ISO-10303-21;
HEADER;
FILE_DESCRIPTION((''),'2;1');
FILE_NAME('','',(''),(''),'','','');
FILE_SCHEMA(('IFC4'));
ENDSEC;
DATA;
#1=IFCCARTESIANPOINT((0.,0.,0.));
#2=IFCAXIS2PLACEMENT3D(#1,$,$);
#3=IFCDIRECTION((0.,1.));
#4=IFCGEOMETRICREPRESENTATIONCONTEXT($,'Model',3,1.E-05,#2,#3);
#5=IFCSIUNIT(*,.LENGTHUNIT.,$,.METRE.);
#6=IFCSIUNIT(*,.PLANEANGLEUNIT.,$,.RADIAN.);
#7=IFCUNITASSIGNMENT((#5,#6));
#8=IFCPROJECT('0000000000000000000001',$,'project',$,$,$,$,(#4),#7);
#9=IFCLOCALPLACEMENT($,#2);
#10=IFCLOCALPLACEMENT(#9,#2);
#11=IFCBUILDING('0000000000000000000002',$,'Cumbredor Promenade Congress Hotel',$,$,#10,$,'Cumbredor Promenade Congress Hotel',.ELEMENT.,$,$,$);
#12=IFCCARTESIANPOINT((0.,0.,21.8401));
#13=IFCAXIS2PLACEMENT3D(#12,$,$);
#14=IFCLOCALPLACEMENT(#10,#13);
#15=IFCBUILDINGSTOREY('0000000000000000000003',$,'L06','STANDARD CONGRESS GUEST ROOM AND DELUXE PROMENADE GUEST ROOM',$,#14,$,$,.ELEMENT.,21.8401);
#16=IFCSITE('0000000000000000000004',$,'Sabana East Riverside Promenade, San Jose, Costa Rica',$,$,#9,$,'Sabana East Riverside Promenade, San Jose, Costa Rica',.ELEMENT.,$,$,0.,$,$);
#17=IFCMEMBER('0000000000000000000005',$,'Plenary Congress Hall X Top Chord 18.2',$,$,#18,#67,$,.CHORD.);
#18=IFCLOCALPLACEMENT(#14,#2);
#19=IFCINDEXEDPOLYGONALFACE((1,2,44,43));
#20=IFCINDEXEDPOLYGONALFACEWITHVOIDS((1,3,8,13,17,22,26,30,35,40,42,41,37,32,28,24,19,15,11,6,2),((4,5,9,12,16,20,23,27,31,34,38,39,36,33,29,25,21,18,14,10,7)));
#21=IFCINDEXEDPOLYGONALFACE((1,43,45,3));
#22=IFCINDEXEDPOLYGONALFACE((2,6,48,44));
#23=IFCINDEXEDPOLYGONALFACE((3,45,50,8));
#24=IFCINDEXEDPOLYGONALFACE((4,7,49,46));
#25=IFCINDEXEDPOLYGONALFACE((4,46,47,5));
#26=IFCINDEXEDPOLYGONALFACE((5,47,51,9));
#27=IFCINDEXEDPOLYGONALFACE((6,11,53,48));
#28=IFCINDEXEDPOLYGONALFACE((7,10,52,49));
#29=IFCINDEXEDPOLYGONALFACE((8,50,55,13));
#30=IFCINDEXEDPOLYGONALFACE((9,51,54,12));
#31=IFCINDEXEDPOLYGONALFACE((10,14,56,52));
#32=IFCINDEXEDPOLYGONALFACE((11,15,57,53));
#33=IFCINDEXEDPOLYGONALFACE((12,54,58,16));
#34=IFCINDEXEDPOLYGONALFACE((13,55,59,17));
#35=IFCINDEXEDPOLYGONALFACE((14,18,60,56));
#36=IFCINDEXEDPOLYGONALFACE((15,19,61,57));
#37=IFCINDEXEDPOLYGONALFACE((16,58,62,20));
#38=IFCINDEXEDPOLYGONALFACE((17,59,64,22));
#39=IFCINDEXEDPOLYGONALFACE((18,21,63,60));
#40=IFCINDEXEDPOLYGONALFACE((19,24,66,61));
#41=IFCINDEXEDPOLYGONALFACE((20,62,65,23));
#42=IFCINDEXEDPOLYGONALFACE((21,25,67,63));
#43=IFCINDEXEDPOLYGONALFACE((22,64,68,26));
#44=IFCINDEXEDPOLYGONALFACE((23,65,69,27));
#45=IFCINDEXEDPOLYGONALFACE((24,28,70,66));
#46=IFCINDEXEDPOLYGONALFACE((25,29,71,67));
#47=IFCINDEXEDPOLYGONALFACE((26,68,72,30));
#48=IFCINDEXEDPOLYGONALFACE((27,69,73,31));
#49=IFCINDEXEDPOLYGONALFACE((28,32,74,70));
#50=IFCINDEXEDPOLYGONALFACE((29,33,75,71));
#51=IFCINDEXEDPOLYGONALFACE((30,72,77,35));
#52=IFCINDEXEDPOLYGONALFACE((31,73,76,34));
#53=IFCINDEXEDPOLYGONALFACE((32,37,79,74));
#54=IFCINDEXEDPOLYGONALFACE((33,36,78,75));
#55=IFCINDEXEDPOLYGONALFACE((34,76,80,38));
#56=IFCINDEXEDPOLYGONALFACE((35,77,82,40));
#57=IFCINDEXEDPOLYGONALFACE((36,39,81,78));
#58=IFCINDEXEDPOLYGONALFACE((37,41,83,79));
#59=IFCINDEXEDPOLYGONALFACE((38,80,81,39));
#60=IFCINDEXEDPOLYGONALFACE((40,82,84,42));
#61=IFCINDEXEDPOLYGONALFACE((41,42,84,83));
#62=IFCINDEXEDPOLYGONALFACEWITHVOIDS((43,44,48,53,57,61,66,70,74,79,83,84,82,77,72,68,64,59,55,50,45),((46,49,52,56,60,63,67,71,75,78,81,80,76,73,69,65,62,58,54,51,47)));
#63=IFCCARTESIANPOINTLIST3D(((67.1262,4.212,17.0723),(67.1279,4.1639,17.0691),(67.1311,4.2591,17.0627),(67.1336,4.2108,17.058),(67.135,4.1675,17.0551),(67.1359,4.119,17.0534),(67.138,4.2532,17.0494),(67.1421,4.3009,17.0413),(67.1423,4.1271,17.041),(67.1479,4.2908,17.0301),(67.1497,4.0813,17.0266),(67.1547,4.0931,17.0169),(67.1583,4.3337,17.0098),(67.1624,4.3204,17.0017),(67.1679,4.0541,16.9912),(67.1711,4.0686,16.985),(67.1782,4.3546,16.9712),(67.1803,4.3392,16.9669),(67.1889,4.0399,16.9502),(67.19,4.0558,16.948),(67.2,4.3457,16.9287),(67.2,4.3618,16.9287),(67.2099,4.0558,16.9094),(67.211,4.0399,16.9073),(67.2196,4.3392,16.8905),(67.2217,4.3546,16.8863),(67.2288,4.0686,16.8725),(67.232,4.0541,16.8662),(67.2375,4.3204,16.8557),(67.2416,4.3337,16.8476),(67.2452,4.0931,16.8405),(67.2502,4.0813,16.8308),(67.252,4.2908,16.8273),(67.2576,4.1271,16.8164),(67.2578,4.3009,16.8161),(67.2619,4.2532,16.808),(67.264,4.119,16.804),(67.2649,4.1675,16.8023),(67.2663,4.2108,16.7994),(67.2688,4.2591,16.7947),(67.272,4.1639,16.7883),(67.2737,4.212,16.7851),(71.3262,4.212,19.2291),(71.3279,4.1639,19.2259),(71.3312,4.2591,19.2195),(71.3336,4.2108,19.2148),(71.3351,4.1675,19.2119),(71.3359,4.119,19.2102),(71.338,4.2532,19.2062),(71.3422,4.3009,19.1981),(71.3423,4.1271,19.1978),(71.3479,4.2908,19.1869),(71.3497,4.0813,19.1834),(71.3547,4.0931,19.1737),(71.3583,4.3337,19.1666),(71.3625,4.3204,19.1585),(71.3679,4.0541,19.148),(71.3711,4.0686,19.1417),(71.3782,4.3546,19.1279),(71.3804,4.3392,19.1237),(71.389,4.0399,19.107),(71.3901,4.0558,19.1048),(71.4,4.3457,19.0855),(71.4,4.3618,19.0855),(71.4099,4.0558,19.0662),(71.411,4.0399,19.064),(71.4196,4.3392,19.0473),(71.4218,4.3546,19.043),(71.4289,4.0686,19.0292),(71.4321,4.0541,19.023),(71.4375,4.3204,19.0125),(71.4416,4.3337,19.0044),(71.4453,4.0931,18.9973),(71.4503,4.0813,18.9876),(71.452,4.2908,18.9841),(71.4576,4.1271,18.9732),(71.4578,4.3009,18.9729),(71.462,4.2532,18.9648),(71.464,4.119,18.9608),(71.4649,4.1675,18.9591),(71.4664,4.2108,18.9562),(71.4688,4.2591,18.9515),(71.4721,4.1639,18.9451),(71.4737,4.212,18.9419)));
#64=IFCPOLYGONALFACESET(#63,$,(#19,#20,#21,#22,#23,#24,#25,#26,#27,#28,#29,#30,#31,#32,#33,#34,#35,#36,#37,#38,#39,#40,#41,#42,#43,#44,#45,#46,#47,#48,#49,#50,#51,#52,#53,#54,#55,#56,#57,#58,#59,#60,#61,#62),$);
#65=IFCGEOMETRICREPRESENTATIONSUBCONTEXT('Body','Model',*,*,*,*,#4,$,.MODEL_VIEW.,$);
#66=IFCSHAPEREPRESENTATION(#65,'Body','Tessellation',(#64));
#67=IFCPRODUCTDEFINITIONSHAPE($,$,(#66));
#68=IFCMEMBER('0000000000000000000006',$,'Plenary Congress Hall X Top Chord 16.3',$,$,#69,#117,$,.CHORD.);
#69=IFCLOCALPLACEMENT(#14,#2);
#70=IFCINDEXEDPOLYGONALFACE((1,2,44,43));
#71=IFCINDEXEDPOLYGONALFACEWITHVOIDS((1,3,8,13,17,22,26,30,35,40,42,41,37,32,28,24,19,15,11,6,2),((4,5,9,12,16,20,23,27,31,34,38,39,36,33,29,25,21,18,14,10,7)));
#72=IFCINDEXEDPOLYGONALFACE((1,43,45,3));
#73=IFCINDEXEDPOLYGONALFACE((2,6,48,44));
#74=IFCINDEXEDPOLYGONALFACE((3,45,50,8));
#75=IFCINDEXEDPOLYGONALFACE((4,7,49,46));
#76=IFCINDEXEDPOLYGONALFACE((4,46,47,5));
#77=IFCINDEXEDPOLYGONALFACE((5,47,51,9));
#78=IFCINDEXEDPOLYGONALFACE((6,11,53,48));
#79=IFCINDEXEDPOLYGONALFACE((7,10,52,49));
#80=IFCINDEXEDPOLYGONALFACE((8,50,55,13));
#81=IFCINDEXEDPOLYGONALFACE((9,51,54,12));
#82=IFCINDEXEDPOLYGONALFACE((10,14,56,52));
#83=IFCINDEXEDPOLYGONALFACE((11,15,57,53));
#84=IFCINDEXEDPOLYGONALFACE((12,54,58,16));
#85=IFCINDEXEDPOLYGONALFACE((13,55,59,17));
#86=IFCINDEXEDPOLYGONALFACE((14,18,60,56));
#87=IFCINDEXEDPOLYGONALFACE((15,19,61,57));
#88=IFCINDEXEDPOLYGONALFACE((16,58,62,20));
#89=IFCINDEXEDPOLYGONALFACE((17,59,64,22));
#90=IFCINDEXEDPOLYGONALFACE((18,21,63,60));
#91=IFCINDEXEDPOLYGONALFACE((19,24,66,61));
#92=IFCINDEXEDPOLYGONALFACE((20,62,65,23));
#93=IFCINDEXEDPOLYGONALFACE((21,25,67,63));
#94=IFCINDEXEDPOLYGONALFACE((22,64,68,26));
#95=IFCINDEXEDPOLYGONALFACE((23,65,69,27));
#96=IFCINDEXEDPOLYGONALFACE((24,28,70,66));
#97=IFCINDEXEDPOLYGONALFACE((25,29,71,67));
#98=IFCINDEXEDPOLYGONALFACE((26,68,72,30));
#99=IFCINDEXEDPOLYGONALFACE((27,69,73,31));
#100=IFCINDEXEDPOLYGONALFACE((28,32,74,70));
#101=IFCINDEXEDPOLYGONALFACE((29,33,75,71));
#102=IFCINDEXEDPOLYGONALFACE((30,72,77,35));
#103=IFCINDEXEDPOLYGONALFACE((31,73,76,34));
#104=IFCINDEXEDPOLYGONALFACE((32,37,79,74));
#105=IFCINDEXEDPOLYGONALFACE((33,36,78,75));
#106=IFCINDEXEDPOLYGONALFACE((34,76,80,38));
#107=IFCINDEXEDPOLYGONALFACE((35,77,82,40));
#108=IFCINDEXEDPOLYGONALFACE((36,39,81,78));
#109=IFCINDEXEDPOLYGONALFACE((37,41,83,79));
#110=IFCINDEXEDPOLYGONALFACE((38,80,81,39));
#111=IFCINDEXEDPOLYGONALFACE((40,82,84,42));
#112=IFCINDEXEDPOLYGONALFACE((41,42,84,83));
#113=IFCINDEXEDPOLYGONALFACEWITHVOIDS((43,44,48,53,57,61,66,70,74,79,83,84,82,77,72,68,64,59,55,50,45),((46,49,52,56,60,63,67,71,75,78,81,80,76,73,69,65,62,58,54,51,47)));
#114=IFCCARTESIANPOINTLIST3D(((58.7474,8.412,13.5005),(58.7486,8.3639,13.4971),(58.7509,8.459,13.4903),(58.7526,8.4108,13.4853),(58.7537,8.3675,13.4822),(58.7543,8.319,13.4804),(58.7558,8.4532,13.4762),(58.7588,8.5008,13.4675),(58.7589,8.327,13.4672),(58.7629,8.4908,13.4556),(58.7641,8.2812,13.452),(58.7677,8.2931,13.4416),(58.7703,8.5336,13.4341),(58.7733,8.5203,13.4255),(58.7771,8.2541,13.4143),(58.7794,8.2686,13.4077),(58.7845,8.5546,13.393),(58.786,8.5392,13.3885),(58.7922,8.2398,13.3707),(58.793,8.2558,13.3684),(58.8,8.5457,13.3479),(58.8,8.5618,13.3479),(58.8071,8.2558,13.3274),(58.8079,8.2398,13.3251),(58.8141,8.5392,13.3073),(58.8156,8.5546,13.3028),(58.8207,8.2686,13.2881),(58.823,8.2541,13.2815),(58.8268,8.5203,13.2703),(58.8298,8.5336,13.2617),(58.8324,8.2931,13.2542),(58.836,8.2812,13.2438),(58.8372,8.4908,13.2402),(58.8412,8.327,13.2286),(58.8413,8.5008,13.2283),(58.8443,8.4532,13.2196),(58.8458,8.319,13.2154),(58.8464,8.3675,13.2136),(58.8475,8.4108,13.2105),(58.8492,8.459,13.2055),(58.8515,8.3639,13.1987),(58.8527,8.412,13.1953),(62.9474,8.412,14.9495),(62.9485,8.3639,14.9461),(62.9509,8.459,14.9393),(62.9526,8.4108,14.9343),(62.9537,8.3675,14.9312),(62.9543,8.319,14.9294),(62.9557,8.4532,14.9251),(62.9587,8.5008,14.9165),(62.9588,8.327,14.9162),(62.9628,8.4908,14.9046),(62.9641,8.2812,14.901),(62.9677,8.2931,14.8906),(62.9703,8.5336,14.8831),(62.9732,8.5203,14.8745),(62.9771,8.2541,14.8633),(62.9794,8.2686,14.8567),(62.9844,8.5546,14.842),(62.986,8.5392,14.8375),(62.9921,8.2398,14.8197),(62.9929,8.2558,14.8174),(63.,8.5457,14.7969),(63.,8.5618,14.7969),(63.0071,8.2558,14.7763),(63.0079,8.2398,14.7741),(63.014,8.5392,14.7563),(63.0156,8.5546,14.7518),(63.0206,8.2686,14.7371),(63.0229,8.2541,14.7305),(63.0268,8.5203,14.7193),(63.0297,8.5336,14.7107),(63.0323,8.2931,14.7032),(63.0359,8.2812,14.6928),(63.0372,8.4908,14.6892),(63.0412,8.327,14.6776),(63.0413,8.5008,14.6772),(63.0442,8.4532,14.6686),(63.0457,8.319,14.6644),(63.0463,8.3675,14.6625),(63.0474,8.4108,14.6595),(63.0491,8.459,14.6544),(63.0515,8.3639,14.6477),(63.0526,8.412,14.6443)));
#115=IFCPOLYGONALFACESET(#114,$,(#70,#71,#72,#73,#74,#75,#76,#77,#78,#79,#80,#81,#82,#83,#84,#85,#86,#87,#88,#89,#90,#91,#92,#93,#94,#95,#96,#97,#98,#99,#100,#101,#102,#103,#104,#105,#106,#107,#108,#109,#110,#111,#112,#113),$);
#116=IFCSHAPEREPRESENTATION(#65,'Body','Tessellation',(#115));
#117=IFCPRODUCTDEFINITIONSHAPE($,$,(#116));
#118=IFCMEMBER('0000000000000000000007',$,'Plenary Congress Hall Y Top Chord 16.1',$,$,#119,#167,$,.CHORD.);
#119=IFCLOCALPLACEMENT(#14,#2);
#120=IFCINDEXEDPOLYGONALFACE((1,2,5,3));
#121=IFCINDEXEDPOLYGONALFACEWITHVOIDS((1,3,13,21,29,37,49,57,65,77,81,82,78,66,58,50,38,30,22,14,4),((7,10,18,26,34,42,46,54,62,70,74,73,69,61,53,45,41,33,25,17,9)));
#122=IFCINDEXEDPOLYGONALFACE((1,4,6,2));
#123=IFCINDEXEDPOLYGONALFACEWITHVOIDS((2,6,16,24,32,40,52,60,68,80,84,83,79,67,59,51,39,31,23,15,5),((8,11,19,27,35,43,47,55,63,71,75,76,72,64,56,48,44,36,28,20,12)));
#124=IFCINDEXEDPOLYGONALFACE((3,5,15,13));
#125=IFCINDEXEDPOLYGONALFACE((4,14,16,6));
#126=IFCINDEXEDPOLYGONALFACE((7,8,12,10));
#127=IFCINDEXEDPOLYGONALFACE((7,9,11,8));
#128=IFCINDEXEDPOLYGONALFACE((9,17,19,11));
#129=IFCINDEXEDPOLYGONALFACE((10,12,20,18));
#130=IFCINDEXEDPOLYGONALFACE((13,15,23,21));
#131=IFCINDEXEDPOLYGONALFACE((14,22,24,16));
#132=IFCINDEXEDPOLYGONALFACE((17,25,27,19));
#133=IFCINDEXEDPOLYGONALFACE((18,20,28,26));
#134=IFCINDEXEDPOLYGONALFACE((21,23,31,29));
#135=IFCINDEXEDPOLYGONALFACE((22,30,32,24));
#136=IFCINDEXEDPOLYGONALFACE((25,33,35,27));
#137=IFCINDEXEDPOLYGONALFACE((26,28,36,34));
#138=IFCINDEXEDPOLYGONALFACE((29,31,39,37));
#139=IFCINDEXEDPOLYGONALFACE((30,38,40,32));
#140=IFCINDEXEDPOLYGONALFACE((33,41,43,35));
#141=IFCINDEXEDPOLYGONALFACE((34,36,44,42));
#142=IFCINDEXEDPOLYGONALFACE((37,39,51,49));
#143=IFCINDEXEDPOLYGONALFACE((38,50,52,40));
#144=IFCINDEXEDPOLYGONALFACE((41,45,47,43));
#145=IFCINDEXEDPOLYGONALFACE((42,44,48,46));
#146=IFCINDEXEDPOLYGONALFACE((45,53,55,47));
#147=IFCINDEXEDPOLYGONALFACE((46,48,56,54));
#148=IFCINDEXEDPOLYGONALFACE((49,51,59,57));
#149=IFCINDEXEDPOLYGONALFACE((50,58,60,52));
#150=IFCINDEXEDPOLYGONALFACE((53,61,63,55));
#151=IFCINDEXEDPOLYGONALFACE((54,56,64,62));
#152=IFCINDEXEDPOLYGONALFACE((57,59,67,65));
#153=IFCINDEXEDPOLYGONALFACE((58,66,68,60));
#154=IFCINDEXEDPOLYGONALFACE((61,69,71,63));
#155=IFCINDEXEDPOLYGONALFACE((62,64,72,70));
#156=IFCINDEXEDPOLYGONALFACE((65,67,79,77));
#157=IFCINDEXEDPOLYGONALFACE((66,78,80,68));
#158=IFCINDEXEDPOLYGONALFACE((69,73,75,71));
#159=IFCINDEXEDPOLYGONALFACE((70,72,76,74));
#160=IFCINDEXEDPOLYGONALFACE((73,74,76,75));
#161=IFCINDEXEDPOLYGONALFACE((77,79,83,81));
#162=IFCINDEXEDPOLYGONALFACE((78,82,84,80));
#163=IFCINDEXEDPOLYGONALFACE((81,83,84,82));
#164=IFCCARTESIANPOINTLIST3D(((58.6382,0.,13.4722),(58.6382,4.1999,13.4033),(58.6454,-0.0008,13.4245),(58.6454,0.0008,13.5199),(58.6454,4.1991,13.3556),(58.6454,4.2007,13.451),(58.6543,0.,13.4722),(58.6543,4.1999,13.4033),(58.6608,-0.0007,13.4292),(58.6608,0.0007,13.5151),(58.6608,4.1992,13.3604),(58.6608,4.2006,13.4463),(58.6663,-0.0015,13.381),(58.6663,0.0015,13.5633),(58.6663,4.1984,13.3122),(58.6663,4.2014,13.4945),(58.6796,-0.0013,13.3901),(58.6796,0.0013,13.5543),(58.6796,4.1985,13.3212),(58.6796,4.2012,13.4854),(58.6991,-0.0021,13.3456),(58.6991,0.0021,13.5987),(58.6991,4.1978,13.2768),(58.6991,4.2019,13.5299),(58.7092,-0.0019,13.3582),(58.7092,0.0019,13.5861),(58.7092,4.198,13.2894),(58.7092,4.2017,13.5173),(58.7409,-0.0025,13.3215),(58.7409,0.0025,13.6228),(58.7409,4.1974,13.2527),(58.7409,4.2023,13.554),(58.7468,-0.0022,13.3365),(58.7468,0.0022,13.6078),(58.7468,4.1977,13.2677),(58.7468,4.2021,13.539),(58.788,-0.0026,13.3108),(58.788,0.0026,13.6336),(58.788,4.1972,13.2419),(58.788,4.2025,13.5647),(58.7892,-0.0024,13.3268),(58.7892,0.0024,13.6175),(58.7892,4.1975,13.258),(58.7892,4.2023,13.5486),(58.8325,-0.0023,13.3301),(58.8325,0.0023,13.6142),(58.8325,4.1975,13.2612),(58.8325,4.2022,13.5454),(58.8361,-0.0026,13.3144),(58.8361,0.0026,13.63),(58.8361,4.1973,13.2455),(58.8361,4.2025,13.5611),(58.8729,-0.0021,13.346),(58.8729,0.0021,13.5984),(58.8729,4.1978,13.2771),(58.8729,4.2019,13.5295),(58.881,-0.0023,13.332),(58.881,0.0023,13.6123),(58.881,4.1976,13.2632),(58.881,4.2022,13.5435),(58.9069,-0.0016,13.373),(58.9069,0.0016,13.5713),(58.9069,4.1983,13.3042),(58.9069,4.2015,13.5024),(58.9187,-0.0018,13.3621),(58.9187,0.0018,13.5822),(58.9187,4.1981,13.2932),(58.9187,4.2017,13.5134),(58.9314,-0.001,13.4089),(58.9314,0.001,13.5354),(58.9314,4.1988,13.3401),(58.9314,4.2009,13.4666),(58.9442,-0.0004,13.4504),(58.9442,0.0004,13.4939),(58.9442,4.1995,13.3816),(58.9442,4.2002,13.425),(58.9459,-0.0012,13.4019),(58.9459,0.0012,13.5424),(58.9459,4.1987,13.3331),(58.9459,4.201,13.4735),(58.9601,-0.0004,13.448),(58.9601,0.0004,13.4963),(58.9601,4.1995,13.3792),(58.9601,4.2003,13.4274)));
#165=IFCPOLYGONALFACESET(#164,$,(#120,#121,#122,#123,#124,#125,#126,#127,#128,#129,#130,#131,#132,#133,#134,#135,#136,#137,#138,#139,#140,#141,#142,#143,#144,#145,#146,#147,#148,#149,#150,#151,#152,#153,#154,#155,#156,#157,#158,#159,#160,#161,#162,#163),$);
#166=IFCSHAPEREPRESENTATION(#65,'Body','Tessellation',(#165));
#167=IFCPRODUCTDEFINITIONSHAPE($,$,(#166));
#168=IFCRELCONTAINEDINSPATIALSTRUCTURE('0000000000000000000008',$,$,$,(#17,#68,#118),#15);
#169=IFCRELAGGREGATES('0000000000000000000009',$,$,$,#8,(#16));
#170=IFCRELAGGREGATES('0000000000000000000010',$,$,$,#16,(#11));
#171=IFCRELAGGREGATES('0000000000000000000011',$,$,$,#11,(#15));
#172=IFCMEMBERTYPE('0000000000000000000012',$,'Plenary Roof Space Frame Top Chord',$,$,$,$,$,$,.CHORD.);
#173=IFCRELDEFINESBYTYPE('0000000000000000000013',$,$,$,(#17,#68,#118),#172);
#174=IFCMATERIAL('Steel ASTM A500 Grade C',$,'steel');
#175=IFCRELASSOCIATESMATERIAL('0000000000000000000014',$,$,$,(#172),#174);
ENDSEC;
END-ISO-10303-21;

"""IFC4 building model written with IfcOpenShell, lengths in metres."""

from ifc_helpers import new_model, si_unit, direction, frame, origin, origin_2d, place, context, subcontext, project, spatial, hollow_circle, extrude, material, material_profile, profile_set, type_object, element, save


model = new_model("IFC4")

# Units and contexts
model_context = context("Model", 3, precision=1e-05, world=origin(), true_north=direction((0.0, 1.0)))
body_context = subcontext(model_context, "Body", "Model", "MODEL_VIEW")
ifc_project = project(units=[si_unit("LENGTHUNIT", "METRE"), si_unit("PLANEANGLEUNIT", "RADIAN")], contexts=[model_context])

# Site, building, storey
site_placement = place(None, origin())
site = spatial("IfcSite", under=ifc_project, at=site_placement, Name="Sabana East Riverside Promenade, San Jose, Costa Rica", LongName="Sabana East Riverside Promenade, San Jose, Costa Rica", CompositionType="ELEMENT", RefElevation=0.0)
building_placement = place(site_placement, origin())
building = spatial("IfcBuilding", under=site, at=building_placement, Name="Cumbredor Promenade Congress Hotel", LongName="Cumbredor Promenade Congress Hotel", CompositionType="ELEMENT")
storey_placement = place(building_placement, frame((0.0, 0.0, 21.8401)))
storey = spatial("IfcBuildingStorey", under=building, at=storey_placement, Name="L06", Description="STANDARD CONGRESS GUEST ROOM AND DELUXE PROMENADE GUEST ROOM", CompositionType="ELEMENT", Elevation=21.8401)

# Members
ifc_material_1 = material(Name="Steel ASTM A500 Grade C", Category="steel")
ifc_material_profile_1 = material_profile(ifc_material_1, hollow_circle(Radius=0.1619, WallThickness=0.0161, at=origin_2d()), Name="CHS 323.9x16")
ifc_profile_set_1 = profile_set([ifc_material_profile_1], Name="Steel ASTM A500 Grade C")
member_type_1 = type_object("IfcMemberType", Name="Plenary Roof Space Frame Top Chord", PredefinedType="CHORD", material=ifc_profile_set_1)
member_1_placement = place(storey_placement, frame((67.2, 4.2, 16.9287), z_axis=(0.889566, 0.0, 0.456806), x_axis=(0.0, 1.0, 0.0)))
element("IfcMember", 1, at=member_1_placement, inside=storey, type_object=member_type_1, Name="Plenary Congress Hall X Top Chord 18.2", PredefinedType="CHORD", context=body_context, shape_type="SweptSolid", body=[
    extrude(hollow_circle(Radius=0.1619, WallThickness=0.0161, at=origin_2d()), origin(), (0.0, 0.0, 1.0), 4.7214),
])
member_2_placement = place(storey_placement, frame((58.8, 8.3999, 13.3479), z_axis=(0.945323, 0.0, 0.326135), x_axis=(0.0, 1.0, 0.0)))
element("IfcMember", 2, at=member_2_placement, inside=storey, type_object=member_type_1, Name="Plenary Congress Hall X Top Chord 16.3", PredefinedType="CHORD", context=body_context, shape_type="SweptSolid", body=[
    extrude(hollow_circle(Radius=0.1619, WallThickness=0.0161, at=origin_2d()), origin(), (0.0, 0.0, 1.0), 4.4429),
])
member_3_placement = place(storey_placement, frame((58.8, 0.0, 13.4722), z_axis=(0.0, 0.999866, -0.01639), x_axis=(-1.0, 0.0, 0.0)))
element("IfcMember", 3, at=member_3_placement, inside=storey, type_object=member_type_1, Name="Plenary Congress Hall Y Top Chord 16.1", PredefinedType="CHORD", context=body_context, shape_type="SweptSolid", body=[
    extrude(hollow_circle(Radius=0.1619, WallThickness=0.0161, at=origin_2d()), origin(), (0.0, 0.0, 1.0), 4.2004),
])

save(model, "model.ifc")
